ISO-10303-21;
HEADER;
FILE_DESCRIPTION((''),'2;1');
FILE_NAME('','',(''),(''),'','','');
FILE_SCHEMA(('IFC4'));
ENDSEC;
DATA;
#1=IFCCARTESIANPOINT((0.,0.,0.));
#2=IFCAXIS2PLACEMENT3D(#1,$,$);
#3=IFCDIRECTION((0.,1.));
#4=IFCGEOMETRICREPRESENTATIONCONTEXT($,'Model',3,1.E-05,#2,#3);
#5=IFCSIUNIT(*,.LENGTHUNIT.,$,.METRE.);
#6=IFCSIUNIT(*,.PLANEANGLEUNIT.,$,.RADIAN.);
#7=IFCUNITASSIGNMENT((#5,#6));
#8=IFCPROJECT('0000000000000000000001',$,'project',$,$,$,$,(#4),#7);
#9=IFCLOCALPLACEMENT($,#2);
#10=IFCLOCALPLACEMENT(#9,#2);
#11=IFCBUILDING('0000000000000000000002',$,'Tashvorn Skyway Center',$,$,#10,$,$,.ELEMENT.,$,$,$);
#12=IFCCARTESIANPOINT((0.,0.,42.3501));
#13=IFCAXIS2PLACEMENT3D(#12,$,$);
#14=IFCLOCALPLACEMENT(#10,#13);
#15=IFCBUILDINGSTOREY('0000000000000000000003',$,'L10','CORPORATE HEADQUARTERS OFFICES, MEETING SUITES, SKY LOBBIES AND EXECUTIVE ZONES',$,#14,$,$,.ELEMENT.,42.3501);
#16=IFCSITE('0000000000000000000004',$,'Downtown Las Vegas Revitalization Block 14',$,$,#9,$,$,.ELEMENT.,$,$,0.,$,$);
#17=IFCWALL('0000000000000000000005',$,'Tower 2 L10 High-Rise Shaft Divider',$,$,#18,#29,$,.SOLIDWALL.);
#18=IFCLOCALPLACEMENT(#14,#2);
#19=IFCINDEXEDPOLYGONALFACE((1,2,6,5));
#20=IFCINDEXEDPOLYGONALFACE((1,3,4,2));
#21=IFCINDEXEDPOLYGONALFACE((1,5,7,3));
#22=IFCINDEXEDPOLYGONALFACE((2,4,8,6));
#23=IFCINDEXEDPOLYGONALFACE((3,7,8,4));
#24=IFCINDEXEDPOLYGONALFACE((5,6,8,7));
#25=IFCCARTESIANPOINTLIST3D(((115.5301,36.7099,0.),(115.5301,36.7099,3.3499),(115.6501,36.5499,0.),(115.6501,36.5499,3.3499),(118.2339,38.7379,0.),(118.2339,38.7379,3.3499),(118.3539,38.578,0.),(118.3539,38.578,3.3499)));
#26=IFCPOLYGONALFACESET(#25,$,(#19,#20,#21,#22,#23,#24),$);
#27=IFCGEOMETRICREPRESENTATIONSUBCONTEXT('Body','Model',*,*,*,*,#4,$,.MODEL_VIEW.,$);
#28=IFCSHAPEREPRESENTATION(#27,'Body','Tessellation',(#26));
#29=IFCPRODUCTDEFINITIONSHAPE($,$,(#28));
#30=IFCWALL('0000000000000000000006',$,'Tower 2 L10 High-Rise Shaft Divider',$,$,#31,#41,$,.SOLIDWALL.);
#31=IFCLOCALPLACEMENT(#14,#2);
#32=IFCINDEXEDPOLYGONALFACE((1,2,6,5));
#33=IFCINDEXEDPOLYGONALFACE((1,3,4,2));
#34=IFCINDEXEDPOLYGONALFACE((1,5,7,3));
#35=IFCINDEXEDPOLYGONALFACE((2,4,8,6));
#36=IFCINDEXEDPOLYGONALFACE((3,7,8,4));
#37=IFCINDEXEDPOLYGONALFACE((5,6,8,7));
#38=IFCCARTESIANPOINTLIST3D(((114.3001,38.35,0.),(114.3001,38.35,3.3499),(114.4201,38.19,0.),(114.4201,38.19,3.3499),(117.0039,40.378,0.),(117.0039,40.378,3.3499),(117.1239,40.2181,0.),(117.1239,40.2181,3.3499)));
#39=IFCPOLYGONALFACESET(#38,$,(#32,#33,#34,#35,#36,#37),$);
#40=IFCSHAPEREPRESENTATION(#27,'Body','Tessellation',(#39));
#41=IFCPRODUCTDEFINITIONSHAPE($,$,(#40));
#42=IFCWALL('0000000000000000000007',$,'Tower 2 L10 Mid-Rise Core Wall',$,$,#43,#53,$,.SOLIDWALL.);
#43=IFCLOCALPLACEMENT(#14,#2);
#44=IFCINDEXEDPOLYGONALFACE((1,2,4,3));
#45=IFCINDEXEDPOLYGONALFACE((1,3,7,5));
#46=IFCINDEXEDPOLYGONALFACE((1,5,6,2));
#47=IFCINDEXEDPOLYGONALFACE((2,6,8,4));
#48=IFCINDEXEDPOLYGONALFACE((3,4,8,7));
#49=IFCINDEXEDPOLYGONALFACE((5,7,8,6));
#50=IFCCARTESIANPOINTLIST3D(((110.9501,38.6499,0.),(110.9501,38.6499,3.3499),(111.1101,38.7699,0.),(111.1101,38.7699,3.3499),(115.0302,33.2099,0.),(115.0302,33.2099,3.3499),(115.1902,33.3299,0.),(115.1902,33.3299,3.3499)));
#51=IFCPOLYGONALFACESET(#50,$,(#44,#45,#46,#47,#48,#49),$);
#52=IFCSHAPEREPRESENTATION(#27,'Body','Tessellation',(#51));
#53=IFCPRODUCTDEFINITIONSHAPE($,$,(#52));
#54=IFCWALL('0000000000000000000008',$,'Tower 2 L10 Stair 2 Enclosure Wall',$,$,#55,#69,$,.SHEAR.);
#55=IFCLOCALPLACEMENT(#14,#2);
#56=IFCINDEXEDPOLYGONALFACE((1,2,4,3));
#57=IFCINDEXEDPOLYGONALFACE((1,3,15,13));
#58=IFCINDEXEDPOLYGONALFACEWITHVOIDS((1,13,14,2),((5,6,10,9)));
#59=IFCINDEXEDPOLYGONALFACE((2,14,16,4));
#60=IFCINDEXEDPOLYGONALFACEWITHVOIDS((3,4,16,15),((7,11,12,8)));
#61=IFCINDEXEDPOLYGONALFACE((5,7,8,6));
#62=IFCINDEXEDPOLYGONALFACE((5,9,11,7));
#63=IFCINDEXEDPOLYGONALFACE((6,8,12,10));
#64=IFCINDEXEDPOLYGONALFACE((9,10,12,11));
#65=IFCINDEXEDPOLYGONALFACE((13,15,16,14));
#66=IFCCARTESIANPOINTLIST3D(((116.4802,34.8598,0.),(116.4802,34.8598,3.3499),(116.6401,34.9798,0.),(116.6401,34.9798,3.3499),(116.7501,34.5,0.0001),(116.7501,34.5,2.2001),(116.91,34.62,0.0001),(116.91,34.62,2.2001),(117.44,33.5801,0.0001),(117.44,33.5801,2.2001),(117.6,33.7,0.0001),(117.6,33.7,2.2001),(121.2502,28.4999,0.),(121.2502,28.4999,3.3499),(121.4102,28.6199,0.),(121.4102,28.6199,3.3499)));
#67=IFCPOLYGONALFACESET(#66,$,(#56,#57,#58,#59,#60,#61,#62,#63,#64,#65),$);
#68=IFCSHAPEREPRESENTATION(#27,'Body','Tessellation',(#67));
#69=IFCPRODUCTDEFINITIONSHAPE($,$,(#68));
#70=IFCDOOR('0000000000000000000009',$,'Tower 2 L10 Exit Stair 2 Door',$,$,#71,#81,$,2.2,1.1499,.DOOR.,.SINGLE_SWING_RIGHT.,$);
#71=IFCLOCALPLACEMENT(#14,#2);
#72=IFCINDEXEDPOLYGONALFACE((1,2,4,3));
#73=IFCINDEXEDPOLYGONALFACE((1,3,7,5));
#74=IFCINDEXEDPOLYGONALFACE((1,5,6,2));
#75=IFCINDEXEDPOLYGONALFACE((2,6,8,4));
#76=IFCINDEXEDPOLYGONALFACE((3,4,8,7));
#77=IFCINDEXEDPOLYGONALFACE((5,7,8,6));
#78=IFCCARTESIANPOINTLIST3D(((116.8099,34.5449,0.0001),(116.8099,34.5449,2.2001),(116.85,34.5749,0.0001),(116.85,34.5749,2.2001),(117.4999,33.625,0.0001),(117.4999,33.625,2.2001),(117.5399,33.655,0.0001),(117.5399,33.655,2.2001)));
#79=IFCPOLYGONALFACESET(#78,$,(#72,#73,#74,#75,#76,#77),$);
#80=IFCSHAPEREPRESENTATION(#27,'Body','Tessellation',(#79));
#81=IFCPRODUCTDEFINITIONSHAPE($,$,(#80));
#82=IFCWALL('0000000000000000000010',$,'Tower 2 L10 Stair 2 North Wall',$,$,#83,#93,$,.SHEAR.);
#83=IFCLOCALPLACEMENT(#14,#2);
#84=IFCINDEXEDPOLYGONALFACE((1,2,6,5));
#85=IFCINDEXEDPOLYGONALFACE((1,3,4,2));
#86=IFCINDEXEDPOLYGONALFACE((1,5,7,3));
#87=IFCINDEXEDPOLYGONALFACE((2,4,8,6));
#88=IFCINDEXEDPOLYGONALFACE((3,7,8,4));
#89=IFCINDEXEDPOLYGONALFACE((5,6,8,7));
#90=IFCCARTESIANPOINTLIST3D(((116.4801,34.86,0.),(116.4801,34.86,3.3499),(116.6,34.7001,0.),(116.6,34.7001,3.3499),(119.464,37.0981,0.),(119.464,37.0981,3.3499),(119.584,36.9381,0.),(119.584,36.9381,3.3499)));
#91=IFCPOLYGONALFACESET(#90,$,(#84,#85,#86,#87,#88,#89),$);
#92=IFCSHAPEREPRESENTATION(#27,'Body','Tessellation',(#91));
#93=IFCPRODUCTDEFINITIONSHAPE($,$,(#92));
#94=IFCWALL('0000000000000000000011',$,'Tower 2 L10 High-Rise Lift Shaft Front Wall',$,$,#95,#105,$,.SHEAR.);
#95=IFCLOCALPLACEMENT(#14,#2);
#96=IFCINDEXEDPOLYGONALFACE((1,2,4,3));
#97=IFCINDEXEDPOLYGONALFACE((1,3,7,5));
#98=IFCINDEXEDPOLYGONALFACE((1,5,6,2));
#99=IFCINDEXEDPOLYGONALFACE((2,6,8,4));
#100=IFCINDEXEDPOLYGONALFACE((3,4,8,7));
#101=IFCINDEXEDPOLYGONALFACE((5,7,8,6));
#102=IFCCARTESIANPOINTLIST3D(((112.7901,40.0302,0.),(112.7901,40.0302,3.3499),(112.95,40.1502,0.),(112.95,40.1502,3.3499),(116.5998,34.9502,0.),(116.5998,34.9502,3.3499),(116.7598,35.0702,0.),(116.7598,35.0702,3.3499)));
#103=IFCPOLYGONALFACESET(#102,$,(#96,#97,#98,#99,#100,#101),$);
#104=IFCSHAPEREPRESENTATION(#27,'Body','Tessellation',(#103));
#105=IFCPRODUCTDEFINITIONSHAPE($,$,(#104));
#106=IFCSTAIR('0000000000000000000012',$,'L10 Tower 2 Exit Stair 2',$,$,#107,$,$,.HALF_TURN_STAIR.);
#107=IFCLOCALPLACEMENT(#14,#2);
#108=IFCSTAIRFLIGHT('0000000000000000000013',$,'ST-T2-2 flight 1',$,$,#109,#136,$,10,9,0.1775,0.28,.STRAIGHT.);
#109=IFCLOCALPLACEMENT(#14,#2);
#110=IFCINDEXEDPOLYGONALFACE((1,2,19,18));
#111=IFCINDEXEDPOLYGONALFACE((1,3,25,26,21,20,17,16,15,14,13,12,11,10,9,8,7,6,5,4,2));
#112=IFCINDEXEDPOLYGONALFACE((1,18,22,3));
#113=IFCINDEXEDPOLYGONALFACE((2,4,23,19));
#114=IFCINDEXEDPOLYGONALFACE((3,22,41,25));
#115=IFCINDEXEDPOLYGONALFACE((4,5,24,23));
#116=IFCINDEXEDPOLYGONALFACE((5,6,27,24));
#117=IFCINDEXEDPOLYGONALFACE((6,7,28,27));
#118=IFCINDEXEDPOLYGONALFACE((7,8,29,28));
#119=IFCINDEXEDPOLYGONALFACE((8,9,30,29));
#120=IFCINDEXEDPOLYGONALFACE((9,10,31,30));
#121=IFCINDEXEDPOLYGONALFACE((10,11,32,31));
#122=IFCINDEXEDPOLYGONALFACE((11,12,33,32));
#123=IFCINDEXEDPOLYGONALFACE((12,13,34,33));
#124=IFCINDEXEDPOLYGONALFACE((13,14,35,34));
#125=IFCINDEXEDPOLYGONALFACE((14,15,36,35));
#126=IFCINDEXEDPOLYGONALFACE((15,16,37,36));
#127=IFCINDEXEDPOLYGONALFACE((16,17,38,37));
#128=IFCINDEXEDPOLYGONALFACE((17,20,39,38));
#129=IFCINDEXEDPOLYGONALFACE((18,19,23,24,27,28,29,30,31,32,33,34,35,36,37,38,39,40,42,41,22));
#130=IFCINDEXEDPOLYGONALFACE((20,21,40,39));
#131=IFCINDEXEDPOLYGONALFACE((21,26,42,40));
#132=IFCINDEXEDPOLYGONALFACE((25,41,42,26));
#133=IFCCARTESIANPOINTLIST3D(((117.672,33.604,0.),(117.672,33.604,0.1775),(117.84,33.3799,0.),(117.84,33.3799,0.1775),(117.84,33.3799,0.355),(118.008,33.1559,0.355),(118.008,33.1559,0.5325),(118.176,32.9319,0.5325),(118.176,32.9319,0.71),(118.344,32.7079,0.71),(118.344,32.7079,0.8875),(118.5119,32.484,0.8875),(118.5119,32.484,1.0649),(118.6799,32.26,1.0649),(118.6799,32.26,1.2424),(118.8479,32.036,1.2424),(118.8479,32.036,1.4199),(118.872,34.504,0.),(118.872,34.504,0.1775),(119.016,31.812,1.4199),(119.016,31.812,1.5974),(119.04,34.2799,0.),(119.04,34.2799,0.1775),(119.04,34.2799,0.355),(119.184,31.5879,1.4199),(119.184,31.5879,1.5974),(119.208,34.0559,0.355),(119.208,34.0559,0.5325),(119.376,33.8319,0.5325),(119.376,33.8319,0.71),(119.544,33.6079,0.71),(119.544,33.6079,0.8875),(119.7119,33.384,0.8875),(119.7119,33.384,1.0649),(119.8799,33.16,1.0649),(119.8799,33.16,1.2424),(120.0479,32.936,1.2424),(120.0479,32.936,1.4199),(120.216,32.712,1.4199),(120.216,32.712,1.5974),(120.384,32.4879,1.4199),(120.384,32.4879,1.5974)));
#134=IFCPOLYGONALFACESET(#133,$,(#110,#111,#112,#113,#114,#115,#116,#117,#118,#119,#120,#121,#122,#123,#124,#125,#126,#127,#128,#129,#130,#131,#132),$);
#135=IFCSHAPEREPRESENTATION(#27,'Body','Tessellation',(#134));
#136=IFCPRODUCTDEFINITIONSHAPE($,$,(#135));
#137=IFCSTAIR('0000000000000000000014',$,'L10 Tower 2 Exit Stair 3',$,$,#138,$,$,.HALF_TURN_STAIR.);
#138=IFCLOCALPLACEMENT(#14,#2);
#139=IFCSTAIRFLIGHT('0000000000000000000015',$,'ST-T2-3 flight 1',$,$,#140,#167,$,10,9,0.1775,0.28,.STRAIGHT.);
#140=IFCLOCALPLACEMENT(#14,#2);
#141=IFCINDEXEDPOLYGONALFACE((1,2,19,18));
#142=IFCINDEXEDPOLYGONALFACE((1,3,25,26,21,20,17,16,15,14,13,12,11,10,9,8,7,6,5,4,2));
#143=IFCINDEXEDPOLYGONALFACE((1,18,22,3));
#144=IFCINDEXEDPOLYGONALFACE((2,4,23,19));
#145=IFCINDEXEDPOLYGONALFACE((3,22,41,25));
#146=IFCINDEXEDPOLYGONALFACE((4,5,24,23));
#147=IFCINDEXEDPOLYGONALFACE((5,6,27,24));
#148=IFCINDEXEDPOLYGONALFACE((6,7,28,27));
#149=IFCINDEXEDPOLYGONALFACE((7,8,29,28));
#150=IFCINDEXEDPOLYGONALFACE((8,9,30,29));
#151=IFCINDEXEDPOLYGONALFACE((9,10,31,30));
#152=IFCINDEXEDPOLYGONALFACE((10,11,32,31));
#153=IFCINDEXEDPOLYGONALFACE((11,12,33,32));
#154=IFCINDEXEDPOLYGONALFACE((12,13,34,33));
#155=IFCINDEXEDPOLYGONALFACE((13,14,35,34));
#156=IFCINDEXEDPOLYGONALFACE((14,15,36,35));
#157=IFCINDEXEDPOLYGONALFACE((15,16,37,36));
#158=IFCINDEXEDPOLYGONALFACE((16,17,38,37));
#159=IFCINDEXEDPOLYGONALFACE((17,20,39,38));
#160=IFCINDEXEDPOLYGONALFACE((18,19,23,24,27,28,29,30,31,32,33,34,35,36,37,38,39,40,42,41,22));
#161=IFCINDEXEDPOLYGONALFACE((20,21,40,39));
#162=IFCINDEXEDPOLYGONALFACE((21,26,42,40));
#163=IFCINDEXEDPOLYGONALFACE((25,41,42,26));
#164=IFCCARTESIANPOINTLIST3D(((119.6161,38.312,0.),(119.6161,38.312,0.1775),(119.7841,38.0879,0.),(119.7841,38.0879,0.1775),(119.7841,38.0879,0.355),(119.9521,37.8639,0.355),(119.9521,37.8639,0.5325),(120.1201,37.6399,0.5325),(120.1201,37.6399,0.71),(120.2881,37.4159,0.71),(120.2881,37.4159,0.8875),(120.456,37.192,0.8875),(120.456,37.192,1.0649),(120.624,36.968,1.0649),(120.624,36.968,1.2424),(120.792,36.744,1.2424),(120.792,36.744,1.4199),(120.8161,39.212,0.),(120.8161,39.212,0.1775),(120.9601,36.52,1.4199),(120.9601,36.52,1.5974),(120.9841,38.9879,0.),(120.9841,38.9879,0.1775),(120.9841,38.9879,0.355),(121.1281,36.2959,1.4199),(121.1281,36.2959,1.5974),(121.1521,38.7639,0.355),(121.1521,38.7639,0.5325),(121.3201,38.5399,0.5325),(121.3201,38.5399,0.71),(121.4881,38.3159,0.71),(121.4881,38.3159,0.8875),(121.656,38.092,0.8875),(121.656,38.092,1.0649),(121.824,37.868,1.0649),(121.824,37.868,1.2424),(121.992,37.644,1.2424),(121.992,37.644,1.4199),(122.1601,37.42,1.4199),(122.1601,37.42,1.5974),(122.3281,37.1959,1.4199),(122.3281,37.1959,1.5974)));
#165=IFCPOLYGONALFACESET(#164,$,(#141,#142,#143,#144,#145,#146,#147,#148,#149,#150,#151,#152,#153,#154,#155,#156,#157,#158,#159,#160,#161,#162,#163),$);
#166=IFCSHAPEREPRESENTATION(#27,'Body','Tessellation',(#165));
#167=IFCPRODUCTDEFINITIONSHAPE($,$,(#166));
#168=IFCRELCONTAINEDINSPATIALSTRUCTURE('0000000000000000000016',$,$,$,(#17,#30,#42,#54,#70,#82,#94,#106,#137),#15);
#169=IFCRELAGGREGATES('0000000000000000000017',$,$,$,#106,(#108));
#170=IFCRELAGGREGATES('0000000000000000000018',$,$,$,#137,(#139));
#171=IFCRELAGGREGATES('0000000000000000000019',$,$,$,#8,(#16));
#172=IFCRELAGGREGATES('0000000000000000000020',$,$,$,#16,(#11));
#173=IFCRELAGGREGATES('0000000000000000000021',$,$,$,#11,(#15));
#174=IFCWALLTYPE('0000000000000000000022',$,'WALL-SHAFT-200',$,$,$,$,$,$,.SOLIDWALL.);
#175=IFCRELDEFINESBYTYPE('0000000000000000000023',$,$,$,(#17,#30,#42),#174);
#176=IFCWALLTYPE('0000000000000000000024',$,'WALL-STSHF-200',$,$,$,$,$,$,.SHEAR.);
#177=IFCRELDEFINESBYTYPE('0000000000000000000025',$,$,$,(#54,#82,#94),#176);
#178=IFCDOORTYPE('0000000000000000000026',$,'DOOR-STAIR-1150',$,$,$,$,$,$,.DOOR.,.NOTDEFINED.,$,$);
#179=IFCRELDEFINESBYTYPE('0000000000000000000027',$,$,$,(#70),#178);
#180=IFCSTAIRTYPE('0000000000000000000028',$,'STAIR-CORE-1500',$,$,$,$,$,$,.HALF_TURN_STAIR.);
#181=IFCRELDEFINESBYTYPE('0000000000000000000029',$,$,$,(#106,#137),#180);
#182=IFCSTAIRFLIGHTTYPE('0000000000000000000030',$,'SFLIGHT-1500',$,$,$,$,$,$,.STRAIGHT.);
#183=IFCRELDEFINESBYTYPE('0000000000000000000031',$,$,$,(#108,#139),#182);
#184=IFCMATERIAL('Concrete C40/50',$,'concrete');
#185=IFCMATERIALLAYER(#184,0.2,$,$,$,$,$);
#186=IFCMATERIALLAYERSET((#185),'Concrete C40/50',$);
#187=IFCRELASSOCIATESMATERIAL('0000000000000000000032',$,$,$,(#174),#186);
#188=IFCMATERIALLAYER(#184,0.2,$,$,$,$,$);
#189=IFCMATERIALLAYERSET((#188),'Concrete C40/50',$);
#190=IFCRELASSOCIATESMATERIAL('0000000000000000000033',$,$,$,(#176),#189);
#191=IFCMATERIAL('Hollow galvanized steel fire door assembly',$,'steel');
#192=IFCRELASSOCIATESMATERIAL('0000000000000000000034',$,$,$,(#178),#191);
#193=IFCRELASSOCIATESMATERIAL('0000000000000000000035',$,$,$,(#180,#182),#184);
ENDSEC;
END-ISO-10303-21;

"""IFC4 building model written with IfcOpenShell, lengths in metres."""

from ifc_helpers import new_model, si_unit, direction, frame, frame_2d, origin, place, context, subcontext, project, spatial, polyline, rectangle, outline, extrude, material, layer, layer_set, type_object, element, fill, aggregate, save


model = new_model("IFC4")

# Units and contexts
model_context = context("Model", 3, precision=1e-05, world=origin(), true_north=direction((0.0, 1.0)))
body_context = subcontext(model_context, "Body", "Model", "MODEL_VIEW")
ifc_project = project(units=[si_unit("LENGTHUNIT", "METRE"), si_unit("PLANEANGLEUNIT", "RADIAN")], contexts=[model_context])

# Site, building, storey
site_placement = place(None, origin())
site = spatial("IfcSite", under=ifc_project, at=site_placement, Name="Downtown Las Vegas Revitalization Block 14", CompositionType="ELEMENT", RefElevation=0.0)
building_placement = place(site_placement, origin())
building = spatial("IfcBuilding", under=site, at=building_placement, Name="Tashvorn Skyway Center", CompositionType="ELEMENT")
storey_placement = place(building_placement, frame((0.0, 0.0, 42.3501)))
storey = spatial("IfcBuildingStorey", under=building, at=storey_placement, Name="L10", Description="CORPORATE HEADQUARTERS OFFICES, MEETING SUITES, SKY LOBBIES AND EXECUTIVE ZONES", CompositionType="ELEMENT", Elevation=42.3501)

# Walls
ifc_material_1 = material(Name="Concrete C40/50", Category="concrete")
ifc_layer_1 = layer(ifc_material_1, 0.2)
ifc_layer_set_1 = layer_set([ifc_layer_1], Name="Concrete C40/50")
wall_type_1 = type_object("IfcWallType", Name="WALL-SHAFT-200", PredefinedType="SOLIDWALL", material=ifc_layer_set_1)
for number, where, z_axis, x_axis, name in (
    (1, (115.5901, 36.6299, 0.0), (0.0, 0.0, 1.0), (0.799974, 0.600035, 0.0), "Tower 2 L10 High-Rise Shaft Divider"),
    (2, (114.3601, 38.27, 0.0), (0.0, 0.0, 1.0), (0.799974, 0.600035, 0.0), "Tower 2 L10 High-Rise Shaft Divider"),
):
    element("IfcWall", number, at=place(storey_placement, frame(where, z_axis=z_axis, x_axis=x_axis)), inside=storey, type_object=wall_type_1, Name=name, PredefinedType="SOLIDWALL", context=body_context, shape_type="SweptSolid", body=[
        extrude(rectangle(XDim=3.3799, YDim=0.2, at=frame_2d((1.6899, 0.0))), origin(), (0.0, 0.0, 1.0), 3.3499),
    ])
wall_1_placement = place(storey_placement, frame((115.1101, 33.27, 0.0), z_axis=(0.0, 0.0, 1.0), x_axis=(-0.600011, 0.799991, 0.0)))
element("IfcWall", 3, at=wall_1_placement, inside=storey, type_object=wall_type_1, Name="Tower 2 L10 Mid-Rise Core Wall", PredefinedType="SOLIDWALL", context=body_context, shape_type="SweptSolid", body=[
    extrude(rectangle(XDim=6.8, YDim=0.2, at=frame_2d((3.3999, 0.0))), origin(), (0.0, 0.0, 1.0), 3.3499),
])

# Wall, opening, door
ifc_layer_2 = layer(ifc_material_1, 0.2)
ifc_layer_set_2 = layer_set([ifc_layer_2], Name="Concrete C40/50")
wall_type_2 = type_object("IfcWallType", Name="WALL-STSHF-200", PredefinedType="SHEAR", material=ifc_layer_set_2)
wall_2_placement = place(storey_placement, frame((116.5601, 34.9199, 0.0), z_axis=(0.0, 0.0, 1.0), x_axis=(0.60001, -0.799993, 0.0)))
wall_2 = element("IfcWall", 4, at=wall_2_placement, inside=storey, type_object=wall_type_2, Name="Tower 2 L10 Stair 2 Enclosure Wall", PredefinedType="SHEAR", context=body_context, shape_type="SweptSolid", body=[
    extrude(rectangle(XDim=7.95, YDim=0.2, at=frame_2d((3.9751, 0.0))), origin(), (0.0, 0.0, 1.0), 3.3499),
])
opening_placement = place(wall_2_placement, frame((0.45, 0.0, 0.0)))
opening = element("IfcOpeningElement", 5, at=opening_placement, cuts=wall_2, PredefinedType="OPENING", context=body_context, shape_type="SweptSolid", body=[
    extrude(rectangle(XDim=1.1499, YDim=2.2, at=frame_2d((0.575, 1.1001))), frame((0.0, 0.1099, 0.0), z_axis=(0.0, -1.0, 0.0), x_axis=(1.0, 0.0, 0.0)), (0.0, 0.0, 1.0), 0.22),
])
ifc_material_2 = material(Name="Hollow galvanized steel fire door assembly", Category="steel")
door_type = type_object("IfcDoorType", Name="DOOR-STAIR-1150", OperationType="NOTDEFINED", PredefinedType="DOOR", material=ifc_material_2)
door_placement = place(opening_placement, origin())
door = element("IfcDoor", 6, at=door_placement, inside=storey, type_object=door_type, Name="Tower 2 L10 Exit Stair 2 Door", OperationType="SINGLE_SWING_RIGHT", OverallHeight=2.2, OverallWidth=1.1499, PredefinedType="DOOR", context=body_context, shape_type="SweptSolid", body=[
    extrude(rectangle(XDim=1.1499, YDim=2.2, at=frame_2d((0.575, 1.1001))), frame((0.0, 0.0249, 0.0), z_axis=(0.0, -1.0, 0.0), x_axis=(1.0, 0.0, 0.0)), (0.0, 0.0, 1.0), 0.05),
])
fill(opening, door)

# Walls
wall_3_placement = place(storey_placement, frame((116.54, 34.78, 0.0), z_axis=(0.0, 0.0, 1.0), x_axis=(0.799984, 0.600021, 0.0)))
element("IfcWall", 7, at=wall_3_placement, inside=storey, type_object=wall_type_2, Name="Tower 2 L10 Stair 2 North Wall", PredefinedType="SHEAR", context=body_context, shape_type="SweptSolid", body=[
    extrude(rectangle(XDim=3.73, YDim=0.2, at=frame_2d((1.865, 0.0))), origin(), (0.0, 0.0, 1.0), 3.3499),
])
wall_4_placement = place(storey_placement, frame((112.8701, 40.0901, 0.0), z_axis=(0.0, 0.0, 1.0), x_axis=(0.599975, -0.800018, 0.0)))
element("IfcWall", 8, at=wall_4_placement, inside=storey, type_object=wall_type_2, Name="Tower 2 L10 High-Rise Lift Shaft Front Wall", PredefinedType="SHEAR", context=body_context, shape_type="SweptSolid", body=[
    extrude(rectangle(XDim=6.3499, YDim=0.2, at=frame_2d((3.1748, 0.0))), origin(), (0.0, 0.0, 1.0), 3.3499),
])

# Stairs, stair flights
stair_type = type_object("IfcStairType", Name="STAIR-CORE-1500", PredefinedType="HALF_TURN_STAIR", material=ifc_material_1)
stair_1_placement = place(storey_placement, origin())
stair_1 = element("IfcStair", 9, at=stair_1_placement, inside=storey, type_object=stair_type, Name="L10 Tower 2 Exit Stair 2", PredefinedType="HALF_TURN_STAIR")
stair_flight_type = type_object("IfcStairFlightType", Name="SFLIGHT-1500", PredefinedType="STRAIGHT", material=ifc_material_1)
stair_flight_1_placement = place(storey_placement, frame((118.272, 34.054, 0.0), z_axis=(0.0, 0.0, 1.0), x_axis=(0.6, -0.8, 0.0)))
stair_flight_1 = element("IfcStairFlight", 10, at=stair_flight_1_placement, type_object=stair_flight_type, Name="ST-T2-2 flight 1", NumberOfRisers=10, NumberOfTreads=9, PredefinedType="STRAIGHT", RiserHeight=0.1775, TreadLength=0.28, context=body_context, shape_type="SweptSolid", body=[
    extrude(outline(polyline([(0.0, 0.0), (0.0, 0.1775), (0.28, 0.1775), (0.28, 0.355), (0.5601, 0.355), (0.5601, 0.5325), (0.8401, 0.5325), (0.8401, 0.71), (1.1201, 0.71), (1.1201, 0.8875), (1.3999, 0.8875), (1.3999, 1.0649), (1.6799, 1.0649), (1.6799, 1.2424), (1.96, 1.2424), (1.96, 1.4199), (2.24, 1.4199), (2.24, 1.5974), (2.52, 1.5974), (2.52, 1.7749), (2.52, 1.4199), (0.28, 0.0), (0.0, 0.0)])), frame((0.0, 0.75, 0.0), z_axis=(0.0, -1.0, 0.0), x_axis=(1.0, 0.0, 0.0)), (0.0, 0.0, 1.0), 1.5),
])
aggregate(stair_1, [stair_flight_1])
stair_2_placement = place(storey_placement, origin())
stair_2 = element("IfcStair", 11, at=stair_2_placement, inside=storey, type_object=stair_type, Name="L10 Tower 2 Exit Stair 3", PredefinedType="HALF_TURN_STAIR")
stair_flight_2_placement = place(storey_placement, frame((120.2161, 38.762, 0.0), z_axis=(0.0, 0.0, 1.0), x_axis=(0.6, -0.8, 0.0)))
stair_flight_2 = element("IfcStairFlight", 12, at=stair_flight_2_placement, type_object=stair_flight_type, Name="ST-T2-3 flight 1", NumberOfRisers=10, NumberOfTreads=9, PredefinedType="STRAIGHT", RiserHeight=0.1775, TreadLength=0.28, context=body_context, shape_type="SweptSolid", body=[
    extrude(outline(polyline([(0.0, 0.0), (0.0, 0.1775), (0.28, 0.1775), (0.28, 0.355), (0.5601, 0.355), (0.5601, 0.5325), (0.8401, 0.5325), (0.8401, 0.71), (1.1201, 0.71), (1.1201, 0.8875), (1.3999, 0.8875), (1.3999, 1.0649), (1.6799, 1.0649), (1.6799, 1.2424), (1.96, 1.2424), (1.96, 1.4199), (2.24, 1.4199), (2.24, 1.5974), (2.52, 1.5974), (2.52, 1.7749), (2.52, 1.4199), (0.28, 0.0), (0.0, 0.0)])), frame((0.0, 0.75, 0.0), z_axis=(0.0, -1.0, 0.0), x_axis=(1.0, 0.0, 0.0)), (0.0, 0.0, 1.0), 1.5),
])
aggregate(stair_2, [stair_flight_2])

save(model, "model.ifc")
